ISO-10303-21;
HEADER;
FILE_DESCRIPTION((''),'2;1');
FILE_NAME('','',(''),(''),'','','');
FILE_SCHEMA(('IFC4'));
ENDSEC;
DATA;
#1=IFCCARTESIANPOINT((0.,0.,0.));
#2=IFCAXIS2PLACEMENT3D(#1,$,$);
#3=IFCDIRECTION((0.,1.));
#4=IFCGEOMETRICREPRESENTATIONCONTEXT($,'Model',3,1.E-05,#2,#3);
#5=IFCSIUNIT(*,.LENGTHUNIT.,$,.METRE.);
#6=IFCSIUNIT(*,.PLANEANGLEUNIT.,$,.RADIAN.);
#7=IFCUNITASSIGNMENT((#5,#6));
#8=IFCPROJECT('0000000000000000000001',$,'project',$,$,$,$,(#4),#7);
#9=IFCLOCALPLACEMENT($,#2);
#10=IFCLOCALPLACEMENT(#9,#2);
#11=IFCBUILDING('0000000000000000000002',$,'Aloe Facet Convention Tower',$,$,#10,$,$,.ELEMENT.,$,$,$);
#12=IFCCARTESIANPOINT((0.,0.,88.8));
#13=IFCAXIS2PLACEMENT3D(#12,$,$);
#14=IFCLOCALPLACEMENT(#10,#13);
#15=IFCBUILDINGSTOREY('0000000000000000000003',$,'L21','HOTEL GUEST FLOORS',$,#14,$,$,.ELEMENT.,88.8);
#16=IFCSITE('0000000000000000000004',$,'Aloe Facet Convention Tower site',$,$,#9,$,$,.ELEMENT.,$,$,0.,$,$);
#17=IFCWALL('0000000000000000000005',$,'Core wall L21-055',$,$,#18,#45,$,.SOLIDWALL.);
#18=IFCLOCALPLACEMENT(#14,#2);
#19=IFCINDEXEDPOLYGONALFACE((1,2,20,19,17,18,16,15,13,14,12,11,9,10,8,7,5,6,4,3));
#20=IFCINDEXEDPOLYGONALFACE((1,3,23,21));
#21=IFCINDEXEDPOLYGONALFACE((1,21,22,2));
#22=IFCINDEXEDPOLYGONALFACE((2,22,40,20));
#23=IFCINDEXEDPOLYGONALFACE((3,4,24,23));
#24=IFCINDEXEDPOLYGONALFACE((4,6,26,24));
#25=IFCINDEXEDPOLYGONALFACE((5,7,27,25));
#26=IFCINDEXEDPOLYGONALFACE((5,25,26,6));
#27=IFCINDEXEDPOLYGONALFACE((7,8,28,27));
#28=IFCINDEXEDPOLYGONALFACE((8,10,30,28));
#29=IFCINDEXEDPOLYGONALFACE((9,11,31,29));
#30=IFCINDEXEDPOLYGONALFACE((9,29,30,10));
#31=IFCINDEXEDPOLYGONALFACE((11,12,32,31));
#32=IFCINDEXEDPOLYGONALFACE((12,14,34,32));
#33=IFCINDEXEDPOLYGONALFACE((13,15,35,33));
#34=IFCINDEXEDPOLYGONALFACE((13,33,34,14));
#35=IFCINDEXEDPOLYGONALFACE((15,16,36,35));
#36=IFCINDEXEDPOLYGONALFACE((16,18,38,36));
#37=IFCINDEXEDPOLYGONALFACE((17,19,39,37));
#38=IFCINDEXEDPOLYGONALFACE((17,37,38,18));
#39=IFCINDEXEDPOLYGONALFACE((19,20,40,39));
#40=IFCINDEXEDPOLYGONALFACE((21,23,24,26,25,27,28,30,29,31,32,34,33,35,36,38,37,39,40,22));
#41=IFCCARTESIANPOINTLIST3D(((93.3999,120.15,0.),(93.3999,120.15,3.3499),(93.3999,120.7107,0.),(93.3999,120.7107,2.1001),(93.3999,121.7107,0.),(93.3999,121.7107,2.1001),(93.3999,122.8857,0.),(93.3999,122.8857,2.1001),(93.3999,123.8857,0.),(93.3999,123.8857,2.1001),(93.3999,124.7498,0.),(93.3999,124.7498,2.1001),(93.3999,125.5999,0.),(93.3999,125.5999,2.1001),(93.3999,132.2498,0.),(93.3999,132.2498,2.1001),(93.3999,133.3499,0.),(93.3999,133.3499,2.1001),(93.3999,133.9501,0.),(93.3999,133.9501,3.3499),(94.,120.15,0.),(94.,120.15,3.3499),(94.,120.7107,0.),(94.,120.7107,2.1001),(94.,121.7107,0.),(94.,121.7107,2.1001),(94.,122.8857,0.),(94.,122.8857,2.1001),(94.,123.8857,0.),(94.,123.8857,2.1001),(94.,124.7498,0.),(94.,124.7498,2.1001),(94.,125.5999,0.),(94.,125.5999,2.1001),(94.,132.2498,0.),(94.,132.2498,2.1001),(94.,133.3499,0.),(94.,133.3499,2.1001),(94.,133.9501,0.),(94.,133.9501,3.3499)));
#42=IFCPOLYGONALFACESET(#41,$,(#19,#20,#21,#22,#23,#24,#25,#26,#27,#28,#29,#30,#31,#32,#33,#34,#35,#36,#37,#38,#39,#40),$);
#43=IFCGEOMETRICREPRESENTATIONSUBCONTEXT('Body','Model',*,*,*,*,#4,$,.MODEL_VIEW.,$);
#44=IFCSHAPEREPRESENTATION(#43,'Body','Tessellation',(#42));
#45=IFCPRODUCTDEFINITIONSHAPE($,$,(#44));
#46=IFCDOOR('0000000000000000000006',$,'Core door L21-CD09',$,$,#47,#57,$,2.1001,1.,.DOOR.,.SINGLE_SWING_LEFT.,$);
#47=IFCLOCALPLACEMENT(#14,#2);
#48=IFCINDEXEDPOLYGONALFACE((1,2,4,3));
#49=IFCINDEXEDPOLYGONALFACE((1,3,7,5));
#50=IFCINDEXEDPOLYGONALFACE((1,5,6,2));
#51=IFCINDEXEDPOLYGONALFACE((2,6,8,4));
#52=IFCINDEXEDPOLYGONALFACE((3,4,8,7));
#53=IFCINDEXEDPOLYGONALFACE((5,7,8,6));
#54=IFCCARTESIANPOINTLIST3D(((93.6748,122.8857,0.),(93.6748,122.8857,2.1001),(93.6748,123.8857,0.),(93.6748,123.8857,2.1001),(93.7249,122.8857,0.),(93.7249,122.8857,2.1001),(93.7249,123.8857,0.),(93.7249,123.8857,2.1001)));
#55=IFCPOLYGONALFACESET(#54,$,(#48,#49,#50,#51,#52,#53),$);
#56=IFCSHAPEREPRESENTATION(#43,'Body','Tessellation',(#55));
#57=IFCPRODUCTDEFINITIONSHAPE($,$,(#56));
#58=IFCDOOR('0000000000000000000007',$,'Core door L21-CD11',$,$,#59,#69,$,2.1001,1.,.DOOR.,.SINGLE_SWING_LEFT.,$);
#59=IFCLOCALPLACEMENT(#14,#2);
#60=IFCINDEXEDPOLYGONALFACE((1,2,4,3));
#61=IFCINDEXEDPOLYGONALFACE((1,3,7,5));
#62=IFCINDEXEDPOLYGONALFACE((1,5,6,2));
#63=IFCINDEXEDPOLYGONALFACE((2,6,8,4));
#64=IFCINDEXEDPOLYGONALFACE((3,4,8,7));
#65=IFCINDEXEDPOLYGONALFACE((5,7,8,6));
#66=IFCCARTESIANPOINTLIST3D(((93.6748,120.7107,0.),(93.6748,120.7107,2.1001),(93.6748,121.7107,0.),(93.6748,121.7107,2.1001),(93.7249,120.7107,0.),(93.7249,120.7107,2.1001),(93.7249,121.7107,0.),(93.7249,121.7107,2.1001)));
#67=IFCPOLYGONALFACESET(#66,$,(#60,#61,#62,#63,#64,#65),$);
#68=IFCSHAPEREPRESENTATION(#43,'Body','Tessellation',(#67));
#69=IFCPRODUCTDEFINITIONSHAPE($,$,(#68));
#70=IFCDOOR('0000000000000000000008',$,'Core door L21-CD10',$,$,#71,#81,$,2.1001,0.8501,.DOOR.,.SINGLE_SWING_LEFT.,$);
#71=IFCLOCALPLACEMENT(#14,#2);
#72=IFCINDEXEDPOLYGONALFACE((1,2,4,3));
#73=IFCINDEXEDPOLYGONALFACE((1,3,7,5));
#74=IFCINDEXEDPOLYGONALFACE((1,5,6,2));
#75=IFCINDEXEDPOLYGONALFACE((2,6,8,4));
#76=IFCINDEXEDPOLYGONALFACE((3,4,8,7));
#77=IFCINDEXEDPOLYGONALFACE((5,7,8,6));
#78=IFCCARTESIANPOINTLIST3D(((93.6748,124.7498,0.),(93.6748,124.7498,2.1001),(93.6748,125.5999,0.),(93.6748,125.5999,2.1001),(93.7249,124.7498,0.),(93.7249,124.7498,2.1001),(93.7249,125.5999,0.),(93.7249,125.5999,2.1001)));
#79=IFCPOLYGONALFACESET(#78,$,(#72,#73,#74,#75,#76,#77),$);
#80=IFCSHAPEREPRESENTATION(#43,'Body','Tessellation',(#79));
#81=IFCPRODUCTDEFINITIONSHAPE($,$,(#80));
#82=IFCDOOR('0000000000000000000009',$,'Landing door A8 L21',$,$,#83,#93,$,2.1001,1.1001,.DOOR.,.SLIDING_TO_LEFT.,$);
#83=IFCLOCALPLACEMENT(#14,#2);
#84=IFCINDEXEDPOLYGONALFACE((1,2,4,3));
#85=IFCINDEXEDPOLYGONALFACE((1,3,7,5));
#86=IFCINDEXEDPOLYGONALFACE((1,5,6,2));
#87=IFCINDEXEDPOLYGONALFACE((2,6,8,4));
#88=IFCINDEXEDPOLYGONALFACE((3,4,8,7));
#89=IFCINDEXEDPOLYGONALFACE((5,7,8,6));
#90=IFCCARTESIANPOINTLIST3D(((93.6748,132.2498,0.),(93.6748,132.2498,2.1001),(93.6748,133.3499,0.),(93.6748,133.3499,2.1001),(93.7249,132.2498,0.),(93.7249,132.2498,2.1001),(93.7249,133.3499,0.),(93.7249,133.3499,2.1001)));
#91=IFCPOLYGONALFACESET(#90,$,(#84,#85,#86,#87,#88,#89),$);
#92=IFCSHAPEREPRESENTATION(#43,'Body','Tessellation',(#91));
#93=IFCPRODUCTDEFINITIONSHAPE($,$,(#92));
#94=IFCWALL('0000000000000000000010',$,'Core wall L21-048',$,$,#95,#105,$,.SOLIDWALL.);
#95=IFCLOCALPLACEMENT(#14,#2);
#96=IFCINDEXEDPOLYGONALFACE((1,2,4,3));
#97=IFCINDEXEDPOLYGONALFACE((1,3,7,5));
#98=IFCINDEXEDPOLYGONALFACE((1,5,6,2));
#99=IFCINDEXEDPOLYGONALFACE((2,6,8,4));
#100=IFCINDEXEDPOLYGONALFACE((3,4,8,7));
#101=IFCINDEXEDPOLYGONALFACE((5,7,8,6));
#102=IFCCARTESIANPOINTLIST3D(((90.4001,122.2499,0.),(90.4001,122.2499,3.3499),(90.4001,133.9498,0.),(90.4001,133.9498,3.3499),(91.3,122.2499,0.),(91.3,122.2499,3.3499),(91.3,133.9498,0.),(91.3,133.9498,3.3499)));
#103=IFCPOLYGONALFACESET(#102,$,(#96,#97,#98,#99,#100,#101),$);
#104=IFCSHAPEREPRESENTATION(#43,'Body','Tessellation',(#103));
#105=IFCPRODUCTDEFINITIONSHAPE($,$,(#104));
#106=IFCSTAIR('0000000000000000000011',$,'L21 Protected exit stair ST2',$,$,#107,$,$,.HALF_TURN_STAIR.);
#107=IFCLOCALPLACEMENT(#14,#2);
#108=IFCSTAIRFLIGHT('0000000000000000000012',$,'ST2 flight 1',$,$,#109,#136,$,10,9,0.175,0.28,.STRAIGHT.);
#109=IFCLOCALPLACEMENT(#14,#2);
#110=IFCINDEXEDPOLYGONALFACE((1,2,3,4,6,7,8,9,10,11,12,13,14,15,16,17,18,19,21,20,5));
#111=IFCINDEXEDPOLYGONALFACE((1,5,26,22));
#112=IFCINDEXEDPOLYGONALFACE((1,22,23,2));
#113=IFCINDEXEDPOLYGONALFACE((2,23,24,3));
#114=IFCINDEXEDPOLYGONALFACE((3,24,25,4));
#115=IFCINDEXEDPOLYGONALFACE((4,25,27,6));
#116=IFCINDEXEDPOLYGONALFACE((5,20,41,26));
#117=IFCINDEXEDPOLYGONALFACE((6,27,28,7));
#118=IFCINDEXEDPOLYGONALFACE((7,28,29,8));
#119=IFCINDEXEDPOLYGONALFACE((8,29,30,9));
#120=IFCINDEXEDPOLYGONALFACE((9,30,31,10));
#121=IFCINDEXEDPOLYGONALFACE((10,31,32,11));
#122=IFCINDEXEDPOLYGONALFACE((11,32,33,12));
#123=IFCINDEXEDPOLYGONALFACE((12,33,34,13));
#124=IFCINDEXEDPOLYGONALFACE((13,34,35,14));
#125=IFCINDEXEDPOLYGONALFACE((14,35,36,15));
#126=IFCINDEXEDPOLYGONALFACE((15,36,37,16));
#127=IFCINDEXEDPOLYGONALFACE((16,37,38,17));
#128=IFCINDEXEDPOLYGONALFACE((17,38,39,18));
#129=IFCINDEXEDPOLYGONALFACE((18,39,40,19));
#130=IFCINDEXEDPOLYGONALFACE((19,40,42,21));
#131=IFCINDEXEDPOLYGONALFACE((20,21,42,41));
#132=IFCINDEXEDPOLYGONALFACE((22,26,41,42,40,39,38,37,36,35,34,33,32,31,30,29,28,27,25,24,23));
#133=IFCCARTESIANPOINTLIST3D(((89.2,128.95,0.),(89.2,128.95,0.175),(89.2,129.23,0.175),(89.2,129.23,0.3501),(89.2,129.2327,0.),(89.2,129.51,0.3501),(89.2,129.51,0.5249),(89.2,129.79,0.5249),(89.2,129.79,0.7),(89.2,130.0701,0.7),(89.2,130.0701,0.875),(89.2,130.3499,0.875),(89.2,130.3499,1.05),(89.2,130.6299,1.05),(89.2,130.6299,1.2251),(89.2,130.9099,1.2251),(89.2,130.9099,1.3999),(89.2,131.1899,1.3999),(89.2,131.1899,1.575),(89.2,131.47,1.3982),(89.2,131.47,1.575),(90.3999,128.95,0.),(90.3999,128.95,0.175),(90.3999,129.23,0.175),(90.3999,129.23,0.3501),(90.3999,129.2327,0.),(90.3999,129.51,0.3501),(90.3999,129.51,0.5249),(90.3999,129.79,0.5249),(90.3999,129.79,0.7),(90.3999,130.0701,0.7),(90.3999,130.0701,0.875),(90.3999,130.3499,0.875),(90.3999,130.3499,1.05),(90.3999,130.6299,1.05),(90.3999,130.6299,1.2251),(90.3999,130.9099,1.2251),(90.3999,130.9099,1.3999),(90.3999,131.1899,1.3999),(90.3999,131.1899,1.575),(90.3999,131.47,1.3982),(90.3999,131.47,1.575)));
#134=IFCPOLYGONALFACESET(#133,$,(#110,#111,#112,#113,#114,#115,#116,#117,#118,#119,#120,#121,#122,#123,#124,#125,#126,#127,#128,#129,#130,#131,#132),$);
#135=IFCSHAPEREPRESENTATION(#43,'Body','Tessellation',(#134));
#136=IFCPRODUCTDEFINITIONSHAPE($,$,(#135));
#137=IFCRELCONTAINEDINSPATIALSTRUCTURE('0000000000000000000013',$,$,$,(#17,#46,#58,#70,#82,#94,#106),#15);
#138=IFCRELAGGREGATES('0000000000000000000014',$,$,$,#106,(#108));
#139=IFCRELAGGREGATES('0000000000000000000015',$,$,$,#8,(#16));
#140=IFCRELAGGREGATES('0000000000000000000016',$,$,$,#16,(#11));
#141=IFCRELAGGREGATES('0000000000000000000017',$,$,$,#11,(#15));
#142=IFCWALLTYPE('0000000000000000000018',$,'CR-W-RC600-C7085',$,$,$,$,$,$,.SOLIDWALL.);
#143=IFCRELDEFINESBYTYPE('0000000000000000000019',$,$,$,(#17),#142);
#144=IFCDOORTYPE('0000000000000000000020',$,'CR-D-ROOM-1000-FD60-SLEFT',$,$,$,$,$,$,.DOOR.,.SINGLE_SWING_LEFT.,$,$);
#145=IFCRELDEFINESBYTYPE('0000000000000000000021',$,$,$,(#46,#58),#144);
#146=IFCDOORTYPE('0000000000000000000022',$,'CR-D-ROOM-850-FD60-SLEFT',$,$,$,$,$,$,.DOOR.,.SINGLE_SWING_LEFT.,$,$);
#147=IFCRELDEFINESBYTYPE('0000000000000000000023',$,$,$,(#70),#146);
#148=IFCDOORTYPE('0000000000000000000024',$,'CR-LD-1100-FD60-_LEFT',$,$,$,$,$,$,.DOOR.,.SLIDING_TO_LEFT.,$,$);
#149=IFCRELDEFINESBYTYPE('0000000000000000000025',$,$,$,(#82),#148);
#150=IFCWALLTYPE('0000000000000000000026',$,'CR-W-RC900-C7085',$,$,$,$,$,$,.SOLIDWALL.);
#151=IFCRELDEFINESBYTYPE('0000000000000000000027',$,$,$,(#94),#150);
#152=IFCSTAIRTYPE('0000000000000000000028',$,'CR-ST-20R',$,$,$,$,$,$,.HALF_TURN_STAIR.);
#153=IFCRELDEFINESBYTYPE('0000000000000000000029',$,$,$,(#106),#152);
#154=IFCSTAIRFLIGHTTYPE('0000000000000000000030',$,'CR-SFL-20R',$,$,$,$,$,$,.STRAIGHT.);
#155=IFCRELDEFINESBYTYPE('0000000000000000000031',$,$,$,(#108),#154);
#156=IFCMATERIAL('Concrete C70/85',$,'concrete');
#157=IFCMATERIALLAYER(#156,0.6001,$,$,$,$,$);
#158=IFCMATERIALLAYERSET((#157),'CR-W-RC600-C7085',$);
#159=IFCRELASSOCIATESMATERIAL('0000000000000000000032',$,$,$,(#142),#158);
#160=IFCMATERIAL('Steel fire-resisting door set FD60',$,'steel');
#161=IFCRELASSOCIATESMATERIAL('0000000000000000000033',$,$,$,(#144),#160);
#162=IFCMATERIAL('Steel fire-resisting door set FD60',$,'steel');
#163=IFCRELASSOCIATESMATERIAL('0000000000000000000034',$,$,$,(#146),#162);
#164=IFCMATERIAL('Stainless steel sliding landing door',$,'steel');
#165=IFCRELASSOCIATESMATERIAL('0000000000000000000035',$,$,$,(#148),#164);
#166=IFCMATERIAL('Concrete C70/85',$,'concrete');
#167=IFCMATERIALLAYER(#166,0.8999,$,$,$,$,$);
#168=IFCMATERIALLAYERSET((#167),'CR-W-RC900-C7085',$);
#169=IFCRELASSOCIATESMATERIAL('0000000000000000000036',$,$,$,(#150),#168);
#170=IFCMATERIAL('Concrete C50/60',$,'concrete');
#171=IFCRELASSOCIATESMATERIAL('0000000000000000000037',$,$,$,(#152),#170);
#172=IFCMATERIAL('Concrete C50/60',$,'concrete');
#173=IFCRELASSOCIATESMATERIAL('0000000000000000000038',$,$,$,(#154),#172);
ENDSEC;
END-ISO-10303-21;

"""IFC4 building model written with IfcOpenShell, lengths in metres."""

from ifc_helpers import new_model, si_unit, direction, frame, frame_2d, origin, place, context, subcontext, project, spatial, polyline, rectangle, outline, extrude, material, layer, layer_set, type_object, element, fill, aggregate, save


model = new_model("IFC4")

# Units and contexts
model_context = context("Model", 3, precision=1e-05, world=origin(), true_north=direction((0.0, 1.0)))
body_context = subcontext(model_context, "Body", "Model", "MODEL_VIEW")
ifc_project = project(units=[si_unit("LENGTHUNIT", "METRE"), si_unit("PLANEANGLEUNIT", "RADIAN")], contexts=[model_context])

# Site, building, storey
site_placement = place(None, origin())
site = spatial("IfcSite", under=ifc_project, at=site_placement, Name="Aloe Facet Convention Tower site", CompositionType="ELEMENT", RefElevation=0.0)
building_placement = place(site_placement, origin())
building = spatial("IfcBuilding", under=site, at=building_placement, Name="Aloe Facet Convention Tower", CompositionType="ELEMENT")
storey_placement = place(building_placement, frame((0.0, 0.0, 88.8)))
storey = spatial("IfcBuildingStorey", under=building, at=storey_placement, Name="L21", Description="HOTEL GUEST FLOORS", CompositionType="ELEMENT", Elevation=88.8)

# Shared definitions
ifc_material_1 = material(Name="Concrete C70/85", Category="concrete")
ifc_layer_1 = layer(ifc_material_1, 0.6001)
ifc_layer_set_1 = layer_set([ifc_layer_1], Name="CR-W-RC600-C7085")
wall_type_1 = type_object("IfcWallType", Name="CR-W-RC600-C7085", PredefinedType="SOLIDWALL", material=ifc_layer_set_1)

# Wall, openings, doors
wall_1_placement = place(storey_placement, frame((93.7, 133.95, 0.0), z_axis=(0.0, 0.0, 1.0), x_axis=(0.0, -1.0, 0.0)))
wall_1 = element("IfcWall", 1, at=wall_1_placement, inside=storey, type_object=wall_type_1, Name="Core wall L21-055", PredefinedType="SOLIDWALL", context=body_context, shape_type="SweptSolid", body=[
    extrude(rectangle(XDim=13.8, YDim=0.6001, at=frame_2d((6.8999, 0.0))), origin(), (0.0, 0.0, 1.0), 3.3499),
])
opening_1_placement = place(wall_1_placement, frame((0.6001, 0.0, 0.0)))
opening_1 = element("IfcOpeningElement", 2, at=opening_1_placement, cuts=wall_1, PredefinedType="OPENING", context=body_context, shape_type="SweptSolid", body=[
    extrude(rectangle(XDim=1.1001, YDim=2.1001, at=frame_2d((0.55, 1.05))), frame((0.0, 0.3101, 0.0), z_axis=(0.0, -1.0, 0.0), x_axis=(1.0, 0.0, 0.0)), (0.0, 0.0, 1.0), 0.6201),
])
opening_2_placement = place(wall_1_placement, frame((10.0642, 0.0, 0.0)))
opening_2 = element("IfcOpeningElement", 3, at=opening_2_placement, cuts=wall_1, PredefinedType="OPENING", context=body_context, shape_type="SweptSolid", body=[
    extrude(rectangle(XDim=1.0, YDim=2.1001, at=frame_2d((0.5, 1.05))), frame((0.0, 0.3101, 0.0), z_axis=(0.0, -1.0, 0.0), x_axis=(1.0, 0.0, 0.0)), (0.0, 0.0, 1.0), 0.6201),
])
opening_3_placement = place(wall_1_placement, frame((8.3501, 0.0, 0.0)))
opening_3 = element("IfcOpeningElement", 4, at=opening_3_placement, cuts=wall_1, PredefinedType="OPENING", context=body_context, shape_type="SweptSolid", body=[
    extrude(rectangle(XDim=0.8501, YDim=2.1001, at=frame_2d((0.425, 1.05))), frame((0.0, 0.3101, 0.0), z_axis=(0.0, -1.0, 0.0), x_axis=(1.0, 0.0, 0.0)), (0.0, 0.0, 1.0), 0.6201),
])
opening_4_placement = place(wall_1_placement, frame((12.2393, 0.0, 0.0)))
opening_4 = element("IfcOpeningElement", 5, at=opening_4_placement, cuts=wall_1, PredefinedType="OPENING", context=body_context, shape_type="SweptSolid", body=[
    extrude(rectangle(XDim=1.0, YDim=2.1001, at=frame_2d((0.5, 1.05))), frame((0.0, 0.3101, 0.0), z_axis=(0.0, -1.0, 0.0), x_axis=(1.0, 0.0, 0.0)), (0.0, 0.0, 1.0), 0.6201),
])
ifc_material_2 = material(Name="Steel fire-resisting door set FD60", Category="steel")
door_type_1 = type_object("IfcDoorType", Name="CR-D-ROOM-1000-FD60-SLEFT", OperationType="SINGLE_SWING_LEFT", PredefinedType="DOOR", material=ifc_material_2)
door_1_placement = place(opening_2_placement, origin())
door_1 = element("IfcDoor", 6, at=door_1_placement, inside=storey, type_object=door_type_1, Name="Core door L21-CD09", OperationType="SINGLE_SWING_LEFT", OverallHeight=2.1001, OverallWidth=1.0, PredefinedType="DOOR", context=body_context, shape_type="SweptSolid", body=[
    extrude(rectangle(XDim=1.0, YDim=2.1001, at=frame_2d((0.5, 1.05))), frame((0.0, 0.0249, 0.0), z_axis=(0.0, -1.0, 0.0), x_axis=(1.0, 0.0, 0.0)), (0.0, 0.0, 1.0), 0.05),
])
fill(opening_2, door_1)
door_2_placement = place(opening_4_placement, origin())
door_2 = element("IfcDoor", 7, at=door_2_placement, inside=storey, type_object=door_type_1, Name="Core door L21-CD11", OperationType="SINGLE_SWING_LEFT", OverallHeight=2.1001, OverallWidth=1.0, PredefinedType="DOOR", context=body_context, shape_type="SweptSolid", body=[
    extrude(rectangle(XDim=1.0, YDim=2.1001, at=frame_2d((0.5, 1.05))), frame((0.0, 0.0249, 0.0), z_axis=(0.0, -1.0, 0.0), x_axis=(1.0, 0.0, 0.0)), (0.0, 0.0, 1.0), 0.05),
])
fill(opening_4, door_2)
ifc_material_3 = material(Name="Steel fire-resisting door set FD60", Category="steel")
door_type_2 = type_object("IfcDoorType", Name="CR-D-ROOM-850-FD60-SLEFT", OperationType="SINGLE_SWING_LEFT", PredefinedType="DOOR", material=ifc_material_3)
door_3_placement = place(opening_3_placement, origin())
door_3 = element("IfcDoor", 8, at=door_3_placement, inside=storey, type_object=door_type_2, Name="Core door L21-CD10", OperationType="SINGLE_SWING_LEFT", OverallHeight=2.1001, OverallWidth=0.8501, PredefinedType="DOOR", context=body_context, shape_type="SweptSolid", body=[
    extrude(rectangle(XDim=0.8501, YDim=2.1001, at=frame_2d((0.425, 1.05))), frame((0.0, 0.0249, 0.0), z_axis=(0.0, -1.0, 0.0), x_axis=(1.0, 0.0, 0.0)), (0.0, 0.0, 1.0), 0.05),
])
fill(opening_3, door_3)
ifc_material_4 = material(Name="Stainless steel sliding landing door", Category="steel")
door_type_3 = type_object("IfcDoorType", Name="CR-LD-1100-FD60-_LEFT", OperationType="SLIDING_TO_LEFT", PredefinedType="DOOR", material=ifc_material_4)
door_4_placement = place(opening_1_placement, origin())
door_4 = element("IfcDoor", 9, at=door_4_placement, inside=storey, type_object=door_type_3, Name="Landing door A8 L21", OperationType="SLIDING_TO_LEFT", OverallHeight=2.1001, OverallWidth=1.1001, PredefinedType="DOOR", context=body_context, shape_type="SweptSolid", body=[
    extrude(rectangle(XDim=1.1001, YDim=2.1001, at=frame_2d((0.55, 1.05))), frame((0.0, 0.0249, 0.0), z_axis=(0.0, -1.0, 0.0), x_axis=(1.0, 0.0, 0.0)), (0.0, 0.0, 1.0), 0.05),
])
fill(opening_1, door_4)

# Wall
ifc_material_5 = material(Name="Concrete C70/85", Category="concrete")
ifc_layer_2 = layer(ifc_material_5, 0.8999)
ifc_layer_set_2 = layer_set([ifc_layer_2], Name="CR-W-RC900-C7085")
wall_type_2 = type_object("IfcWallType", Name="CR-W-RC900-C7085", PredefinedType="SOLIDWALL", material=ifc_layer_set_2)
wall_2_placement = place(storey_placement, frame((90.8501, 133.95, 0.0), z_axis=(0.0, 0.0, 1.0), x_axis=(0.0, -1.0, 0.0)))
element("IfcWall", 10, at=wall_2_placement, inside=storey, type_object=wall_type_2, Name="Core wall L21-048", PredefinedType="SOLIDWALL", context=body_context, shape_type="SweptSolid", body=[
    extrude(rectangle(XDim=11.7, YDim=0.8999, at=frame_2d((5.8501, 0.0))), origin(), (0.0, 0.0, 1.0), 3.3499),
])

# Stair, stair flight
ifc_material_6 = material(Name="Concrete C50/60", Category="concrete")
stair_type = type_object("IfcStairType", Name="CR-ST-20R", PredefinedType="HALF_TURN_STAIR", material=ifc_material_6)
stair_placement = place(storey_placement, origin())
stair = element("IfcStair", 11, at=stair_placement, inside=storey, type_object=stair_type, Name="L21 Protected exit stair ST2", PredefinedType="HALF_TURN_STAIR")
ifc_material_7 = material(Name="Concrete C50/60", Category="concrete")
stair_flight_type = type_object("IfcStairFlightType", Name="CR-SFL-20R", PredefinedType="STRAIGHT", material=ifc_material_7)
stair_flight_placement = place(storey_placement, frame((89.8, 128.95, 0.0), z_axis=(0.0, 0.0, 1.0), x_axis=(0.0, 1.0, 0.0)))
stair_flight = element("IfcStairFlight", 12, at=stair_flight_placement, type_object=stair_flight_type, Name="ST2 flight 1", NumberOfRisers=10, NumberOfTreads=9, PredefinedType="STRAIGHT", RiserHeight=0.175, TreadLength=0.28, context=body_context, shape_type="SweptSolid", body=[
    extrude(outline(polyline([(0.0, 0.0), (0.0, 0.175), (0.28, 0.175), (0.28, 0.3501), (0.5601, 0.3501), (0.5601, 0.5249), (0.8401, 0.5249), (0.8401, 0.7), (1.1201, 0.7), (1.1201, 0.875), (1.3999, 0.875), (1.3999, 1.05), (1.6799, 1.05), (1.6799, 1.2251), (1.96, 1.2251), (1.96, 1.3999), (2.24, 1.3999), (2.24, 1.575), (2.52, 1.575), (2.52, 1.75), (2.52, 1.3982), (0.2827, 0.0), (0.0, 0.0)])), frame((0.0, 0.6001, 0.0), z_axis=(0.0, -1.0, 0.0), x_axis=(1.0, 0.0, 0.0)), (0.0, 0.0, 1.0), 1.2),
])
aggregate(stair, [stair_flight])

save(model, "model.ifc")
